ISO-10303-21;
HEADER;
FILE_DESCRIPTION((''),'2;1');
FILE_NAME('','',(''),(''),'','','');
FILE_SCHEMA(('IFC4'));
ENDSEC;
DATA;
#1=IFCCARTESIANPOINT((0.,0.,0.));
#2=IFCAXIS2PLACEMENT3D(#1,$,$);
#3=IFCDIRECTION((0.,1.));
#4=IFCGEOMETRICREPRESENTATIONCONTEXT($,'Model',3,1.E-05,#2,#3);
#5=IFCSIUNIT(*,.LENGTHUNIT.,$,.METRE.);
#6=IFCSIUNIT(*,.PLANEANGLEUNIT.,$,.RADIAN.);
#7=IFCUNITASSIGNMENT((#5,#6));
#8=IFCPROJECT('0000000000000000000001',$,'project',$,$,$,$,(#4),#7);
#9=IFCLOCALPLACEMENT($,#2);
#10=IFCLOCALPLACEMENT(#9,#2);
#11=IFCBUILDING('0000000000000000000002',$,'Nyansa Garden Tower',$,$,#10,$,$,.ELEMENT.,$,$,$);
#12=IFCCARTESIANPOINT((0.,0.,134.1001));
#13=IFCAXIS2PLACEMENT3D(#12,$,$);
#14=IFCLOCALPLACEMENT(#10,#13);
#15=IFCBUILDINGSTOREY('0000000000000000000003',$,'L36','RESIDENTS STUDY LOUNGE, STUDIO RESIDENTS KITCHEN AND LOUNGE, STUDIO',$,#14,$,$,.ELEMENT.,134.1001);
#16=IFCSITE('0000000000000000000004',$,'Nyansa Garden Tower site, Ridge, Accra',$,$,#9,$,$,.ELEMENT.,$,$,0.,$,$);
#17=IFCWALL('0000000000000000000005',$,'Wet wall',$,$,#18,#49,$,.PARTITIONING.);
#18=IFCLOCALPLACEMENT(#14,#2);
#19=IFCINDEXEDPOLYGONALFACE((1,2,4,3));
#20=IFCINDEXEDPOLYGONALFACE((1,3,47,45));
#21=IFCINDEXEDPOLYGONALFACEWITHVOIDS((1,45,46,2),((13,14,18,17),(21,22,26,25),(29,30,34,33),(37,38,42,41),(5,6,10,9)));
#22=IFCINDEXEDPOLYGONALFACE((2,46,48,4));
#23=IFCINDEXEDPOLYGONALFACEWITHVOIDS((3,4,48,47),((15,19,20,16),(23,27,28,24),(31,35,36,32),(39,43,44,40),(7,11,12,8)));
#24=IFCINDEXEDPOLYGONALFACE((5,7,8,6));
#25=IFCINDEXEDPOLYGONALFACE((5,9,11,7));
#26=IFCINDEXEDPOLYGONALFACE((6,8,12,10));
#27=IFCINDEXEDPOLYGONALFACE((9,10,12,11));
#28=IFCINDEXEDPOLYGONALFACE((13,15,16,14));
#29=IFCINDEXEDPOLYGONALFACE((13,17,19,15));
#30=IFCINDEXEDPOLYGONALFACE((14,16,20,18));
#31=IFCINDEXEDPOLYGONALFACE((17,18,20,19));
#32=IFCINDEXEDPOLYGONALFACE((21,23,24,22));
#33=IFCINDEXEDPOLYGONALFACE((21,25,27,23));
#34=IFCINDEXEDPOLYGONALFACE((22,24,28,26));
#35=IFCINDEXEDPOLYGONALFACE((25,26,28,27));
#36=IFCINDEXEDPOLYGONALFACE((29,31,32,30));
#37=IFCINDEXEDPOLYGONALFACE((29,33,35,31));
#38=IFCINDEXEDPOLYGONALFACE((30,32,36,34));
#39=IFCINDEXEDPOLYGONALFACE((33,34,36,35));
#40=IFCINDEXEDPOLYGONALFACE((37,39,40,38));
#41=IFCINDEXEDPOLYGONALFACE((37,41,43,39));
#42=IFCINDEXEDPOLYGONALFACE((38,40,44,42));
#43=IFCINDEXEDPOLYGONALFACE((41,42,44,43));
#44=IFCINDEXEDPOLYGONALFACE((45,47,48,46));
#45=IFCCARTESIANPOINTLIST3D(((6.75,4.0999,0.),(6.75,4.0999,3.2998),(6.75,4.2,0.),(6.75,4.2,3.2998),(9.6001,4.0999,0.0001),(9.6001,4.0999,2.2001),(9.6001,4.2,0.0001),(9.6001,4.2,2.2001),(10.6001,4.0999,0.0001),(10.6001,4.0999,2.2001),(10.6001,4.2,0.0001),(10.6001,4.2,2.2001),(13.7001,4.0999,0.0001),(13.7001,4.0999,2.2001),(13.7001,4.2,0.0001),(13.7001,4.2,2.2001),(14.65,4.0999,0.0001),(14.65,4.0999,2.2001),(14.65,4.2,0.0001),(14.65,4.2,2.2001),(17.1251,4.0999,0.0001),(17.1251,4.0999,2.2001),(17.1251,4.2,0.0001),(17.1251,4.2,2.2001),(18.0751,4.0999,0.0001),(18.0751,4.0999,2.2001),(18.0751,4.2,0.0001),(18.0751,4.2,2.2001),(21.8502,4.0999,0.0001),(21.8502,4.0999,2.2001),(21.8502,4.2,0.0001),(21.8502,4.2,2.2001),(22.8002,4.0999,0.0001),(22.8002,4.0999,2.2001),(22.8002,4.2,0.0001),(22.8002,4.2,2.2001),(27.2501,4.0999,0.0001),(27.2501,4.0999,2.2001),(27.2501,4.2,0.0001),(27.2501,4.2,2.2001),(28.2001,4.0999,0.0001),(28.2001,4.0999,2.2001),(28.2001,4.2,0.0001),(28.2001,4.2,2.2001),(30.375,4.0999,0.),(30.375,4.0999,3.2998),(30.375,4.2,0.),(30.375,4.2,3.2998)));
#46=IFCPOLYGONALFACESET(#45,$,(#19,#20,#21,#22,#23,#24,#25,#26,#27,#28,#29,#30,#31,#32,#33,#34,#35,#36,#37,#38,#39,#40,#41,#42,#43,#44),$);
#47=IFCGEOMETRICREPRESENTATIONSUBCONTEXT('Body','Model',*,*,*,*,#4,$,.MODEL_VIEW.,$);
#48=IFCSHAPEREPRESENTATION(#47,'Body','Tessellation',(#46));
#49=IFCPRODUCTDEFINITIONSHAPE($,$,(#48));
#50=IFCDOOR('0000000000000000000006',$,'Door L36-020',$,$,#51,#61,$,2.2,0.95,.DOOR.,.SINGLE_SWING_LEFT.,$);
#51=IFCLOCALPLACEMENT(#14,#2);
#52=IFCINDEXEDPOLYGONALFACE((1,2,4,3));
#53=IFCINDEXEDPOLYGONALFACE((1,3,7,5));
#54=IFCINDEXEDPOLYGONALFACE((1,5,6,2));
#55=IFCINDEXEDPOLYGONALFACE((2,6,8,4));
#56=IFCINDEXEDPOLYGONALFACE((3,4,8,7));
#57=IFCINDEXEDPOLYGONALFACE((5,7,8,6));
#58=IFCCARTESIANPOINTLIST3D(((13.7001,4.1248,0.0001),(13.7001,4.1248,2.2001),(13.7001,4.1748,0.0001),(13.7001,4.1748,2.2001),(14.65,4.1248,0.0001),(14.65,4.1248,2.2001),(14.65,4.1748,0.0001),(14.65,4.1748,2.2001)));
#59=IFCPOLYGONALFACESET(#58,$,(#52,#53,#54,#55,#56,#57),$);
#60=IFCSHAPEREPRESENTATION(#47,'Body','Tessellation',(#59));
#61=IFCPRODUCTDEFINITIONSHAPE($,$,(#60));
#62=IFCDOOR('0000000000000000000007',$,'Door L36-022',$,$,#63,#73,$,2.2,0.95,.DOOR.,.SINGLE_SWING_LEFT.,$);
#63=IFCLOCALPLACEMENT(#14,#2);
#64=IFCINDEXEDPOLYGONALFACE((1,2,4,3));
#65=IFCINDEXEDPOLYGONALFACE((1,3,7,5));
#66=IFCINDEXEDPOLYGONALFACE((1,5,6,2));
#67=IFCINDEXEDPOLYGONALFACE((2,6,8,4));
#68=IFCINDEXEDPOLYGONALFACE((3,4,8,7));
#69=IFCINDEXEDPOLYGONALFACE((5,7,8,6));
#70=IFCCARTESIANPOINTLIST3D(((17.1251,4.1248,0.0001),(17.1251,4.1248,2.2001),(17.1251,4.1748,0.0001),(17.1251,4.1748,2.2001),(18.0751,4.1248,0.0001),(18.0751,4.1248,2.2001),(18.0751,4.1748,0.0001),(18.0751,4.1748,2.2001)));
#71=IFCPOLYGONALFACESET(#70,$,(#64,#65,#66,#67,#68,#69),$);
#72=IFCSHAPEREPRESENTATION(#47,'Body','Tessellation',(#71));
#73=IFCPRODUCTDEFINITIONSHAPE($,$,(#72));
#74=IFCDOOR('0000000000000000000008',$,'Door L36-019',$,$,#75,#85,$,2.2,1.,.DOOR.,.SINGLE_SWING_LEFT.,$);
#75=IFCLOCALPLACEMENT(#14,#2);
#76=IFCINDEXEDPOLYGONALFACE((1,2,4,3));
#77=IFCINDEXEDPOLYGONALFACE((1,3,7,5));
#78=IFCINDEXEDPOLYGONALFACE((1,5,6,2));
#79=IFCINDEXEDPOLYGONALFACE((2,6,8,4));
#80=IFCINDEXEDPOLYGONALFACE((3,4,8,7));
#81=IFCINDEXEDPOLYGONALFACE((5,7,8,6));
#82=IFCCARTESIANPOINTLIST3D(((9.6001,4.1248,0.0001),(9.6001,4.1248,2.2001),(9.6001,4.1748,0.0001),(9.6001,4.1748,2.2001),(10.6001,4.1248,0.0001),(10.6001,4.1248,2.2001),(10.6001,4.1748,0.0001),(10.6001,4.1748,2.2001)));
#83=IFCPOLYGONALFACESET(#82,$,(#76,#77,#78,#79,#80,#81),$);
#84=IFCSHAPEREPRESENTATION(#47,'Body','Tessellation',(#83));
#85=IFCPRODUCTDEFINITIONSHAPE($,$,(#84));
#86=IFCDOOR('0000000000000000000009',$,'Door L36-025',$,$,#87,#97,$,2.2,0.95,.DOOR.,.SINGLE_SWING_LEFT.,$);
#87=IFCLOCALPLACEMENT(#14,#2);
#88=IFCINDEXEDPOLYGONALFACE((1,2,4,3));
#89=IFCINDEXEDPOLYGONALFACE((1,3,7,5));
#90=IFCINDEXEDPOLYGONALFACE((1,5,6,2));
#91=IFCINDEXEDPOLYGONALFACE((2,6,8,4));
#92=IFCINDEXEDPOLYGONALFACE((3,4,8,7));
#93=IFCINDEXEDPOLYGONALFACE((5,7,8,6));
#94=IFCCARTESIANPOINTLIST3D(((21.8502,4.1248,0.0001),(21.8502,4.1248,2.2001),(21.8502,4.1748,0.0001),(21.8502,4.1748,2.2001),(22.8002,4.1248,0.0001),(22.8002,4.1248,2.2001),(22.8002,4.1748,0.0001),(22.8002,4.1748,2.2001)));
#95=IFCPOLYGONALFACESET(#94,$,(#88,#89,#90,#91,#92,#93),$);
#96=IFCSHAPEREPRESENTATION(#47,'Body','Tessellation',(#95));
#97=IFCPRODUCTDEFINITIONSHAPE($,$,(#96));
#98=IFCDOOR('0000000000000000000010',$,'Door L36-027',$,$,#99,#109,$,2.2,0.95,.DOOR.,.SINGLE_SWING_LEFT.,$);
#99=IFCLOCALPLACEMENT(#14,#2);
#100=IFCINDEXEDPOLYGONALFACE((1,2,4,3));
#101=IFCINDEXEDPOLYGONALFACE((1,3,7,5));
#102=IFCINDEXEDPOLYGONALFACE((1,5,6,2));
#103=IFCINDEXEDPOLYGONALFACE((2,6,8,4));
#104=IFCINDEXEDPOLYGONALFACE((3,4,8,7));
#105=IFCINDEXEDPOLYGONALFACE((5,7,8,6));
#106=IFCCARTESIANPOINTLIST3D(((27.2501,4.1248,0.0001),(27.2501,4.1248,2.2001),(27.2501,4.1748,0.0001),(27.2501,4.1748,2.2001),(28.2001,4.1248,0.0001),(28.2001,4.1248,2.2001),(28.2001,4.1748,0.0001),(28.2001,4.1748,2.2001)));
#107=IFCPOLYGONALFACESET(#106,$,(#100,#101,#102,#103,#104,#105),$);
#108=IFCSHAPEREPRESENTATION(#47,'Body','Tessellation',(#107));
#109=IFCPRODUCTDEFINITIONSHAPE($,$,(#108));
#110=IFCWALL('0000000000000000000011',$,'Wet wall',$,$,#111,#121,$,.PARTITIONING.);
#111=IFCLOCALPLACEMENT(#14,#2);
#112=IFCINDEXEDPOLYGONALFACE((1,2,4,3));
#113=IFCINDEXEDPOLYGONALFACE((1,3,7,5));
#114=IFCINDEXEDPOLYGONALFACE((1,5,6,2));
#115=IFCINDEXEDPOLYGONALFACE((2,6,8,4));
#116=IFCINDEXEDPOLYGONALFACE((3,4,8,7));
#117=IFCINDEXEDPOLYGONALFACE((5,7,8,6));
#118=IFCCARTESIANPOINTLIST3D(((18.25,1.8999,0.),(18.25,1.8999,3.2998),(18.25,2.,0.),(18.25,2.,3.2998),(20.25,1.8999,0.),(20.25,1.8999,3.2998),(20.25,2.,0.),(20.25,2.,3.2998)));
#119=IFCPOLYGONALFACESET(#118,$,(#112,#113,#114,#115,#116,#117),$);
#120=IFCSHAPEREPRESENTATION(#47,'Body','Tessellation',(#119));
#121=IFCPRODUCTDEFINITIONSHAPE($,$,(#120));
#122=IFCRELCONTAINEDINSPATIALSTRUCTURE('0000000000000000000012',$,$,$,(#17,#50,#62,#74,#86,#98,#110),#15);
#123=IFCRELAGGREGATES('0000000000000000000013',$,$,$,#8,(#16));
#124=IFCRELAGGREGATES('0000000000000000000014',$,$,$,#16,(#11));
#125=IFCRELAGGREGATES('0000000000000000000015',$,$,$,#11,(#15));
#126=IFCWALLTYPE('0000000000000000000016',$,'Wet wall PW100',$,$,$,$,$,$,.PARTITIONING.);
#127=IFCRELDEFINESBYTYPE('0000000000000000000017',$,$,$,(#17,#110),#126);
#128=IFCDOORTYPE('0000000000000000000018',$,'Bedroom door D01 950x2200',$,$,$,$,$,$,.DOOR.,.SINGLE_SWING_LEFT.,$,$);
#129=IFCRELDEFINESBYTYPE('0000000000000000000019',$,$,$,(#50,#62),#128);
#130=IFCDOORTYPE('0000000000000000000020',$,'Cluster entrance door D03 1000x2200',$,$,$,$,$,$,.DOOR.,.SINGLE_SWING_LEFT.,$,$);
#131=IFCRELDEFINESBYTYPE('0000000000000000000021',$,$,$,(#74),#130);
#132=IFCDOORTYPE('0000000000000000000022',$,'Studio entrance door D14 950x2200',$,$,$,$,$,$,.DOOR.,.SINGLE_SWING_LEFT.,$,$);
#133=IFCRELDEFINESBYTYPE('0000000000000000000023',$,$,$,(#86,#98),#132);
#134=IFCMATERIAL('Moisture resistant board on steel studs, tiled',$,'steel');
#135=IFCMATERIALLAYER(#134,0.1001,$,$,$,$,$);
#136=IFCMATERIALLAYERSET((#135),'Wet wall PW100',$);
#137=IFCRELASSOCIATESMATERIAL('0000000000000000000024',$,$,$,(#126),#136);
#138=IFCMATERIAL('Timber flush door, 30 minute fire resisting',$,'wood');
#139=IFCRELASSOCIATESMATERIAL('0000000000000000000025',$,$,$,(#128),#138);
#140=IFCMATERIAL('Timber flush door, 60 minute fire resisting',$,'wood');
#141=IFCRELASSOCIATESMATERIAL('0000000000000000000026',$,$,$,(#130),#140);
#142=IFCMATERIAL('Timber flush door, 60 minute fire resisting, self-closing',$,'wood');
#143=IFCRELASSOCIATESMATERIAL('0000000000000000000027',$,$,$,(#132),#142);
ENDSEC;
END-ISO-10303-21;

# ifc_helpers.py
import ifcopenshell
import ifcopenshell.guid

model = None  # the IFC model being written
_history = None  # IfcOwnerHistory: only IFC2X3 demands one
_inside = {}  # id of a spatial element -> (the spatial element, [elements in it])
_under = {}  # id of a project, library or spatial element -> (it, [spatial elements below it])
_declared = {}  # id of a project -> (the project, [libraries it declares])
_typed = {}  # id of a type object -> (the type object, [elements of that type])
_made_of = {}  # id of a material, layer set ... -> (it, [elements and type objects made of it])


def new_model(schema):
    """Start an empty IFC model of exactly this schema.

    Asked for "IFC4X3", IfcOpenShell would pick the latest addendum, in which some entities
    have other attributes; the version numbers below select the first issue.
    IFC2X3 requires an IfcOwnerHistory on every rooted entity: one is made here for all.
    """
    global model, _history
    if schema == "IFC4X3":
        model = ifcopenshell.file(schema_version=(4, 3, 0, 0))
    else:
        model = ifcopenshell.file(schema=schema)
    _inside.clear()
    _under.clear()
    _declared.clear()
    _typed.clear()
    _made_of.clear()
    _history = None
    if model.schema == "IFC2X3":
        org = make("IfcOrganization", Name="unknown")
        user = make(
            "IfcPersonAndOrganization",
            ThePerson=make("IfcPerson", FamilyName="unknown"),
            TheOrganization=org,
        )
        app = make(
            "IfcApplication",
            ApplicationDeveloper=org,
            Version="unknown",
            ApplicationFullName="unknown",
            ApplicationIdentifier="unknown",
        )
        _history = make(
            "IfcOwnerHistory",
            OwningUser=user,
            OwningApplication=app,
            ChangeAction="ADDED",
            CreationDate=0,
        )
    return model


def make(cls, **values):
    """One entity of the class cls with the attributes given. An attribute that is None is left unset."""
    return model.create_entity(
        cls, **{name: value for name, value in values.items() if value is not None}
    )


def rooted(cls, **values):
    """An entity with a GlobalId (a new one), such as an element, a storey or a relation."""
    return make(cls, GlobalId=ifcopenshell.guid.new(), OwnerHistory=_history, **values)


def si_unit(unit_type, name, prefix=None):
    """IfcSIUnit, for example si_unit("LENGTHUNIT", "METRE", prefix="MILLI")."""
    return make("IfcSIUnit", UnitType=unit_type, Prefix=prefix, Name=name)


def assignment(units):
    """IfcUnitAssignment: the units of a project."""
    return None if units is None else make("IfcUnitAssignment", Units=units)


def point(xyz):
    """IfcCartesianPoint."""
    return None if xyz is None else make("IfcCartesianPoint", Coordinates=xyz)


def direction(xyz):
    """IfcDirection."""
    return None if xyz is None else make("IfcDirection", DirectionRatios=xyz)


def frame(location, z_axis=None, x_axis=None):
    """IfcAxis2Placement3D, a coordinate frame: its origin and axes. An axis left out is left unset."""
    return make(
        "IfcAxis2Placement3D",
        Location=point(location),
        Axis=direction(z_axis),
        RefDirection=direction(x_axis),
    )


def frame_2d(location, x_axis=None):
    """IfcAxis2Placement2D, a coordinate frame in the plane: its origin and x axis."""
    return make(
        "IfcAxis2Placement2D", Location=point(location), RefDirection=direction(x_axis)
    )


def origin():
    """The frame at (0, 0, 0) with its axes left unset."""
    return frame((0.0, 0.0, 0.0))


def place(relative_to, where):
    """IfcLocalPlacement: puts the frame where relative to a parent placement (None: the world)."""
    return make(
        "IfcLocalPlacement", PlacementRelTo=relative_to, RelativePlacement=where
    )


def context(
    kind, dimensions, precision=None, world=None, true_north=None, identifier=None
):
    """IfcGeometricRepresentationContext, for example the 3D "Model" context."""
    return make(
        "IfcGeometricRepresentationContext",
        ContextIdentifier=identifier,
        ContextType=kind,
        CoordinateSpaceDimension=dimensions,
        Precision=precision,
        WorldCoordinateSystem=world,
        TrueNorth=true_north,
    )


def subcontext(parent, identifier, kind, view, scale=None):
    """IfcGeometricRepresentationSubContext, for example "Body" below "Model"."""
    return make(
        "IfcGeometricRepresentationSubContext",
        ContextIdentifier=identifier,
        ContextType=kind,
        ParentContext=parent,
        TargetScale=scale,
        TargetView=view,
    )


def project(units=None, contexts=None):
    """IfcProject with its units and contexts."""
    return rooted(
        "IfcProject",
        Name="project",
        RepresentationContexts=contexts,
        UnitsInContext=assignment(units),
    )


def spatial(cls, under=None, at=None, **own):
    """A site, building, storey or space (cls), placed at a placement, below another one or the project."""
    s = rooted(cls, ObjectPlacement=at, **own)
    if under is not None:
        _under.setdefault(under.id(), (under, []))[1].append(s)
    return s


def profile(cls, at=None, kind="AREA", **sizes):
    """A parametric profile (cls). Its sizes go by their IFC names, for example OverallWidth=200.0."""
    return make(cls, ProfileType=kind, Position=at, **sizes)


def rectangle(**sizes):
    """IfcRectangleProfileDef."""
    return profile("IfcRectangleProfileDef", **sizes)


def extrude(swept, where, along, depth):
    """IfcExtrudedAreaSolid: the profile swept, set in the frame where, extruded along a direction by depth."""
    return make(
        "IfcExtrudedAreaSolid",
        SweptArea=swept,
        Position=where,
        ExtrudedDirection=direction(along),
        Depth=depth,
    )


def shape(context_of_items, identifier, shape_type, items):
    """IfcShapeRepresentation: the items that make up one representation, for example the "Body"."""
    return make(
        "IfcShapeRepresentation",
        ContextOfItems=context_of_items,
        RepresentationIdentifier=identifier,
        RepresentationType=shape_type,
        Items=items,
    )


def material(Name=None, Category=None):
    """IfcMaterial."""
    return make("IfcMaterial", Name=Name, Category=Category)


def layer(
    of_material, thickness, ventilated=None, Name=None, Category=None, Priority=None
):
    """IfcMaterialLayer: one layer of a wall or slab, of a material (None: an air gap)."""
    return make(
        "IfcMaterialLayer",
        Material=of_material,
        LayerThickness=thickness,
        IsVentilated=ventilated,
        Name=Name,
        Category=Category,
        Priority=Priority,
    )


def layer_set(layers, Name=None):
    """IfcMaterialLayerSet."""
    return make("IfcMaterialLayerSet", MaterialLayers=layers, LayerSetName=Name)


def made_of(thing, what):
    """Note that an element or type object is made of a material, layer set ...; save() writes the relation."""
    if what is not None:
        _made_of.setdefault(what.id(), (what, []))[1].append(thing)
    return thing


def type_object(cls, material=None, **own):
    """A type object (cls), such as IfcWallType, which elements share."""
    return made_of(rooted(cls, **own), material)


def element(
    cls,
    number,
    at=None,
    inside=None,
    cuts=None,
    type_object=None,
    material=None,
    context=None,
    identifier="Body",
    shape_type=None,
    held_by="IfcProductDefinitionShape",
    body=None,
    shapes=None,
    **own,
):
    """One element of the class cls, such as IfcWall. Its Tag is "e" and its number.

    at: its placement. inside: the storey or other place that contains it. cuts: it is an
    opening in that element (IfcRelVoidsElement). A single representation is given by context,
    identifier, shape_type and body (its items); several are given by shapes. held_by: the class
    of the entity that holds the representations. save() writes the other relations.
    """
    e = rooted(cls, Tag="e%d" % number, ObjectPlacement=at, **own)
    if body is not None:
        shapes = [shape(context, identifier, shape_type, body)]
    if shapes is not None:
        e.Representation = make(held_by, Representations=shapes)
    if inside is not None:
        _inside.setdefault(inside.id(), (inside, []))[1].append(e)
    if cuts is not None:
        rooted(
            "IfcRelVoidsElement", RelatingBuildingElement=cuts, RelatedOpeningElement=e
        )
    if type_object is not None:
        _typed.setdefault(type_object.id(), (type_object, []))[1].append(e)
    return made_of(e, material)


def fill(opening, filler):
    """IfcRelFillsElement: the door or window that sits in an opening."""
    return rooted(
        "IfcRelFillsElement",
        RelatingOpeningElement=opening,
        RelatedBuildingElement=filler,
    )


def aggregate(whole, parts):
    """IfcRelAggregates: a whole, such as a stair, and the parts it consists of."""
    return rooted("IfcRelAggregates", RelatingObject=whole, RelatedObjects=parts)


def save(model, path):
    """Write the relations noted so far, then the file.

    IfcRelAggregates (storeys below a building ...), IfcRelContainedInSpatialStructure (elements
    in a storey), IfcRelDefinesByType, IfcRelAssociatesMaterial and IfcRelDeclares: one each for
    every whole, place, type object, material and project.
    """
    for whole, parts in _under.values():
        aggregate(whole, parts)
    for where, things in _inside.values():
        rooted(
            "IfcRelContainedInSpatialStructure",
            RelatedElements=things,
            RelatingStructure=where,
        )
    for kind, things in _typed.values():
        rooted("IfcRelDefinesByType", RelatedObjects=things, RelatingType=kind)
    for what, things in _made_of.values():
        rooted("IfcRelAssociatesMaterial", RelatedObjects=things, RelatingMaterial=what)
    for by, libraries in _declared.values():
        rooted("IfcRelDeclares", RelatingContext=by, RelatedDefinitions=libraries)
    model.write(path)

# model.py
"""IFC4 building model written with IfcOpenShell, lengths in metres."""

from ifc_helpers import new_model, si_unit, direction, frame, frame_2d, origin, place, context, subcontext, project, spatial, rectangle, extrude, material, layer, layer_set, type_object, element, fill, save


model = new_model("IFC4")

# Units and contexts
model_context = context("Model", 3, precision=1e-05, world=origin(), true_north=direction((0.0, 1.0)))
body_context = subcontext(model_context, "Body", "Model", "MODEL_VIEW")
ifc_project = project(units=[si_unit("LENGTHUNIT", "METRE"), si_unit("PLANEANGLEUNIT", "RADIAN")], contexts=[model_context])

# Site, building, storey
site_placement = place(None, origin())
site = spatial("IfcSite", under=ifc_project, at=site_placement, Name="Nyansa Garden Tower site, Ridge, Accra", CompositionType="ELEMENT", RefElevation=0.0)
building_placement = place(site_placement, origin())
building = spatial("IfcBuilding", under=site, at=building_placement, Name="Nyansa Garden Tower", CompositionType="ELEMENT")
storey_placement = place(building_placement, frame((0.0, 0.0, 134.1001)))
storey = spatial("IfcBuildingStorey", under=building, at=storey_placement, Name="L36", Description="RESIDENTS STUDY LOUNGE, STUDIO RESIDENTS KITCHEN AND LOUNGE, STUDIO", CompositionType="ELEMENT", Elevation=134.1001)

# Wall, openings, doors
ifc_material_1 = material(Name="Moisture resistant board on steel studs, tiled", Category="steel")
ifc_layer_1 = layer(ifc_material_1, 0.1001)
ifc_layer_set_1 = layer_set([ifc_layer_1], Name="Wet wall PW100")
wall_type_1 = type_object("IfcWallType", Name="Wet wall PW100", PredefinedType="PARTITIONING", material=ifc_layer_set_1)
wall_1_placement = place(storey_placement, frame((6.75, 4.1499, 0.0), z_axis=(0.0, 0.0, 1.0), x_axis=(1.0, 0.0, 0.0)))
wall_1 = element("IfcWall", 1, at=wall_1_placement, inside=storey, type_object=wall_type_1, Name="Wet wall", PredefinedType="PARTITIONING", context=body_context, shape_type="SweptSolid", body=[
    extrude(rectangle(XDim=23.625, YDim=0.1001, at=frame_2d((11.8125, 0.0))), origin(), (0.0, 0.0, 1.0), 3.2998),
])
opening_1_placement = place(wall_1_placement, frame((2.8501, 0.0, 0.0)))
opening_1 = element("IfcOpeningElement", 2, at=opening_1_placement, cuts=wall_1, PredefinedType="OPENING", context=body_context, shape_type="SweptSolid", body=[
    extrude(rectangle(XDim=1.0, YDim=2.2, at=frame_2d((0.5, 1.1001))), frame((0.0, 0.0601, 0.0), z_axis=(0.0, -1.0, 0.0), x_axis=(1.0, 0.0, 0.0)), (0.0, 0.0, 1.0), 0.1201),
])
opening_2_placement = place(wall_1_placement, frame((6.95, 0.0, 0.0)))
opening_2 = element("IfcOpeningElement", 3, at=opening_2_placement, cuts=wall_1, PredefinedType="OPENING", context=body_context, shape_type="SweptSolid", body=[
    extrude(rectangle(XDim=0.95, YDim=2.2, at=frame_2d((0.4751, 1.1001))), frame((0.0, 0.0601, 0.0), z_axis=(0.0, -1.0, 0.0), x_axis=(1.0, 0.0, 0.0)), (0.0, 0.0, 1.0), 0.1201),
])
opening_3_placement = place(wall_1_placement, frame((10.375, 0.0, 0.0)))
opening_3 = element("IfcOpeningElement", 4, at=opening_3_placement, cuts=wall_1, PredefinedType="OPENING", context=body_context, shape_type="SweptSolid", body=[
    extrude(rectangle(XDim=0.95, YDim=2.2, at=frame_2d((0.4751, 1.1001))), frame((0.0, 0.0601, 0.0), z_axis=(0.0, -1.0, 0.0), x_axis=(1.0, 0.0, 0.0)), (0.0, 0.0, 1.0), 0.1201),
])
opening_4_placement = place(wall_1_placement, frame((15.1001, 0.0, 0.0)))
opening_4 = element("IfcOpeningElement", 5, at=opening_4_placement, cuts=wall_1, PredefinedType="OPENING", context=body_context, shape_type="SweptSolid", body=[
    extrude(rectangle(XDim=0.95, YDim=2.2, at=frame_2d((0.4751, 1.1001))), frame((0.0, 0.0601, 0.0), z_axis=(0.0, -1.0, 0.0), x_axis=(1.0, 0.0, 0.0)), (0.0, 0.0, 1.0), 0.1201),
])
opening_5_placement = place(wall_1_placement, frame((20.5, 0.0, 0.0)))
opening_5 = element("IfcOpeningElement", 6, at=opening_5_placement, cuts=wall_1, PredefinedType="OPENING", context=body_context, shape_type="SweptSolid", body=[
    extrude(rectangle(XDim=0.95, YDim=2.2, at=frame_2d((0.4751, 1.1001))), frame((0.0, 0.0601, 0.0), z_axis=(0.0, -1.0, 0.0), x_axis=(1.0, 0.0, 0.0)), (0.0, 0.0, 1.0), 0.1201),
])
ifc_material_2 = material(Name="Timber flush door, 30 minute fire resisting", Category="wood")
door_type_1 = type_object("IfcDoorType", Name="Bedroom door D01 950x2200", OperationType="SINGLE_SWING_LEFT", PredefinedType="DOOR", material=ifc_material_2)
door_1_placement = place(opening_2_placement, origin())
door_1 = element("IfcDoor", 7, at=door_1_placement, inside=storey, type_object=door_type_1, Name="Door L36-020", OperationType="SINGLE_SWING_LEFT", OverallHeight=2.2, OverallWidth=0.95, PredefinedType="DOOR", context=body_context, shape_type="SweptSolid", body=[
    extrude(rectangle(XDim=0.95, YDim=2.2, at=frame_2d((0.4751, 1.1001))), frame((0.0, 0.0249, 0.0), z_axis=(0.0, -1.0, 0.0), x_axis=(1.0, 0.0, 0.0)), (0.0, 0.0, 1.0), 0.05),
])
fill(opening_2, door_1)
door_2_placement = place(opening_3_placement, origin())
door_2 = element("IfcDoor", 8, at=door_2_placement, inside=storey, type_object=door_type_1, Name="Door L36-022", OperationType="SINGLE_SWING_LEFT", OverallHeight=2.2, OverallWidth=0.95, PredefinedType="DOOR", context=body_context, shape_type="SweptSolid", body=[
    extrude(rectangle(XDim=0.95, YDim=2.2, at=frame_2d((0.4751, 1.1001))), frame((0.0, 0.0249, 0.0), z_axis=(0.0, -1.0, 0.0), x_axis=(1.0, 0.0, 0.0)), (0.0, 0.0, 1.0), 0.05),
])
fill(opening_3, door_2)
ifc_material_3 = material(Name="Timber flush door, 60 minute fire resisting", Category="wood")
door_type_2 = type_object("IfcDoorType", Name="Cluster entrance door D03 1000x2200", OperationType="SINGLE_SWING_LEFT", PredefinedType="DOOR", material=ifc_material_3)
door_3_placement = place(opening_1_placement, origin())
door_3 = element("IfcDoor", 9, at=door_3_placement, inside=storey, type_object=door_type_2, Name="Door L36-019", OperationType="SINGLE_SWING_LEFT", OverallHeight=2.2, OverallWidth=1.0, PredefinedType="DOOR", context=body_context, shape_type="SweptSolid", body=[
    extrude(rectangle(XDim=1.0, YDim=2.2, at=frame_2d((0.5, 1.1001))), frame((0.0, 0.0249, 0.0), z_axis=(0.0, -1.0, 0.0), x_axis=(1.0, 0.0, 0.0)), (0.0, 0.0, 1.0), 0.05),
])
fill(opening_1, door_3)
ifc_material_4 = material(Name="Timber flush door, 60 minute fire resisting, self-closing", Category="wood")
door_type_3 = type_object("IfcDoorType", Name="Studio entrance door D14 950x2200", OperationType="SINGLE_SWING_LEFT", PredefinedType="DOOR", material=ifc_material_4)
door_4_placement = place(opening_4_placement, origin())
door_4 = element("IfcDoor", 10, at=door_4_placement, inside=storey, type_object=door_type_3, Name="Door L36-025", OperationType="SINGLE_SWING_LEFT", OverallHeight=2.2, OverallWidth=0.95, PredefinedType="DOOR", context=body_context, shape_type="SweptSolid", body=[
    extrude(rectangle(XDim=0.95, YDim=2.2, at=frame_2d((0.4751, 1.1001))), frame((0.0, 0.0249, 0.0), z_axis=(0.0, -1.0, 0.0), x_axis=(1.0, 0.0, 0.0)), (0.0, 0.0, 1.0), 0.05),
])
fill(opening_4, door_4)
door_5_placement = place(opening_5_placement, origin())
door_5 = element("IfcDoor", 11, at=door_5_placement, inside=storey, type_object=door_type_3, Name="Door L36-027", OperationType="SINGLE_SWING_LEFT", OverallHeight=2.2, OverallWidth=0.95, PredefinedType="DOOR", context=body_context, shape_type="SweptSolid", body=[
    extrude(rectangle(XDim=0.95, YDim=2.2, at=frame_2d((0.4751, 1.1001))), frame((0.0, 0.0249, 0.0), z_axis=(0.0, -1.0, 0.0), x_axis=(1.0, 0.0, 0.0)), (0.0, 0.0, 1.0), 0.05),
])
fill(opening_5, door_5)

# Wall
wall_2_placement = place(storey_placement, frame((18.25, 1.95, 0.0), z_axis=(0.0, 0.0, 1.0), x_axis=(1.0, 0.0, 0.0)))
element("IfcWall", 12, at=wall_2_placement, inside=storey, type_object=wall_type_1, Name="Wet wall", PredefinedType="PARTITIONING", context=body_context, shape_type="SweptSolid", body=[
    extrude(rectangle(XDim=2.0, YDim=0.1001, at=frame_2d((1.0, 0.0))), origin(), (0.0, 0.0, 1.0), 3.2998),
])

save(model, "model.ifc")
